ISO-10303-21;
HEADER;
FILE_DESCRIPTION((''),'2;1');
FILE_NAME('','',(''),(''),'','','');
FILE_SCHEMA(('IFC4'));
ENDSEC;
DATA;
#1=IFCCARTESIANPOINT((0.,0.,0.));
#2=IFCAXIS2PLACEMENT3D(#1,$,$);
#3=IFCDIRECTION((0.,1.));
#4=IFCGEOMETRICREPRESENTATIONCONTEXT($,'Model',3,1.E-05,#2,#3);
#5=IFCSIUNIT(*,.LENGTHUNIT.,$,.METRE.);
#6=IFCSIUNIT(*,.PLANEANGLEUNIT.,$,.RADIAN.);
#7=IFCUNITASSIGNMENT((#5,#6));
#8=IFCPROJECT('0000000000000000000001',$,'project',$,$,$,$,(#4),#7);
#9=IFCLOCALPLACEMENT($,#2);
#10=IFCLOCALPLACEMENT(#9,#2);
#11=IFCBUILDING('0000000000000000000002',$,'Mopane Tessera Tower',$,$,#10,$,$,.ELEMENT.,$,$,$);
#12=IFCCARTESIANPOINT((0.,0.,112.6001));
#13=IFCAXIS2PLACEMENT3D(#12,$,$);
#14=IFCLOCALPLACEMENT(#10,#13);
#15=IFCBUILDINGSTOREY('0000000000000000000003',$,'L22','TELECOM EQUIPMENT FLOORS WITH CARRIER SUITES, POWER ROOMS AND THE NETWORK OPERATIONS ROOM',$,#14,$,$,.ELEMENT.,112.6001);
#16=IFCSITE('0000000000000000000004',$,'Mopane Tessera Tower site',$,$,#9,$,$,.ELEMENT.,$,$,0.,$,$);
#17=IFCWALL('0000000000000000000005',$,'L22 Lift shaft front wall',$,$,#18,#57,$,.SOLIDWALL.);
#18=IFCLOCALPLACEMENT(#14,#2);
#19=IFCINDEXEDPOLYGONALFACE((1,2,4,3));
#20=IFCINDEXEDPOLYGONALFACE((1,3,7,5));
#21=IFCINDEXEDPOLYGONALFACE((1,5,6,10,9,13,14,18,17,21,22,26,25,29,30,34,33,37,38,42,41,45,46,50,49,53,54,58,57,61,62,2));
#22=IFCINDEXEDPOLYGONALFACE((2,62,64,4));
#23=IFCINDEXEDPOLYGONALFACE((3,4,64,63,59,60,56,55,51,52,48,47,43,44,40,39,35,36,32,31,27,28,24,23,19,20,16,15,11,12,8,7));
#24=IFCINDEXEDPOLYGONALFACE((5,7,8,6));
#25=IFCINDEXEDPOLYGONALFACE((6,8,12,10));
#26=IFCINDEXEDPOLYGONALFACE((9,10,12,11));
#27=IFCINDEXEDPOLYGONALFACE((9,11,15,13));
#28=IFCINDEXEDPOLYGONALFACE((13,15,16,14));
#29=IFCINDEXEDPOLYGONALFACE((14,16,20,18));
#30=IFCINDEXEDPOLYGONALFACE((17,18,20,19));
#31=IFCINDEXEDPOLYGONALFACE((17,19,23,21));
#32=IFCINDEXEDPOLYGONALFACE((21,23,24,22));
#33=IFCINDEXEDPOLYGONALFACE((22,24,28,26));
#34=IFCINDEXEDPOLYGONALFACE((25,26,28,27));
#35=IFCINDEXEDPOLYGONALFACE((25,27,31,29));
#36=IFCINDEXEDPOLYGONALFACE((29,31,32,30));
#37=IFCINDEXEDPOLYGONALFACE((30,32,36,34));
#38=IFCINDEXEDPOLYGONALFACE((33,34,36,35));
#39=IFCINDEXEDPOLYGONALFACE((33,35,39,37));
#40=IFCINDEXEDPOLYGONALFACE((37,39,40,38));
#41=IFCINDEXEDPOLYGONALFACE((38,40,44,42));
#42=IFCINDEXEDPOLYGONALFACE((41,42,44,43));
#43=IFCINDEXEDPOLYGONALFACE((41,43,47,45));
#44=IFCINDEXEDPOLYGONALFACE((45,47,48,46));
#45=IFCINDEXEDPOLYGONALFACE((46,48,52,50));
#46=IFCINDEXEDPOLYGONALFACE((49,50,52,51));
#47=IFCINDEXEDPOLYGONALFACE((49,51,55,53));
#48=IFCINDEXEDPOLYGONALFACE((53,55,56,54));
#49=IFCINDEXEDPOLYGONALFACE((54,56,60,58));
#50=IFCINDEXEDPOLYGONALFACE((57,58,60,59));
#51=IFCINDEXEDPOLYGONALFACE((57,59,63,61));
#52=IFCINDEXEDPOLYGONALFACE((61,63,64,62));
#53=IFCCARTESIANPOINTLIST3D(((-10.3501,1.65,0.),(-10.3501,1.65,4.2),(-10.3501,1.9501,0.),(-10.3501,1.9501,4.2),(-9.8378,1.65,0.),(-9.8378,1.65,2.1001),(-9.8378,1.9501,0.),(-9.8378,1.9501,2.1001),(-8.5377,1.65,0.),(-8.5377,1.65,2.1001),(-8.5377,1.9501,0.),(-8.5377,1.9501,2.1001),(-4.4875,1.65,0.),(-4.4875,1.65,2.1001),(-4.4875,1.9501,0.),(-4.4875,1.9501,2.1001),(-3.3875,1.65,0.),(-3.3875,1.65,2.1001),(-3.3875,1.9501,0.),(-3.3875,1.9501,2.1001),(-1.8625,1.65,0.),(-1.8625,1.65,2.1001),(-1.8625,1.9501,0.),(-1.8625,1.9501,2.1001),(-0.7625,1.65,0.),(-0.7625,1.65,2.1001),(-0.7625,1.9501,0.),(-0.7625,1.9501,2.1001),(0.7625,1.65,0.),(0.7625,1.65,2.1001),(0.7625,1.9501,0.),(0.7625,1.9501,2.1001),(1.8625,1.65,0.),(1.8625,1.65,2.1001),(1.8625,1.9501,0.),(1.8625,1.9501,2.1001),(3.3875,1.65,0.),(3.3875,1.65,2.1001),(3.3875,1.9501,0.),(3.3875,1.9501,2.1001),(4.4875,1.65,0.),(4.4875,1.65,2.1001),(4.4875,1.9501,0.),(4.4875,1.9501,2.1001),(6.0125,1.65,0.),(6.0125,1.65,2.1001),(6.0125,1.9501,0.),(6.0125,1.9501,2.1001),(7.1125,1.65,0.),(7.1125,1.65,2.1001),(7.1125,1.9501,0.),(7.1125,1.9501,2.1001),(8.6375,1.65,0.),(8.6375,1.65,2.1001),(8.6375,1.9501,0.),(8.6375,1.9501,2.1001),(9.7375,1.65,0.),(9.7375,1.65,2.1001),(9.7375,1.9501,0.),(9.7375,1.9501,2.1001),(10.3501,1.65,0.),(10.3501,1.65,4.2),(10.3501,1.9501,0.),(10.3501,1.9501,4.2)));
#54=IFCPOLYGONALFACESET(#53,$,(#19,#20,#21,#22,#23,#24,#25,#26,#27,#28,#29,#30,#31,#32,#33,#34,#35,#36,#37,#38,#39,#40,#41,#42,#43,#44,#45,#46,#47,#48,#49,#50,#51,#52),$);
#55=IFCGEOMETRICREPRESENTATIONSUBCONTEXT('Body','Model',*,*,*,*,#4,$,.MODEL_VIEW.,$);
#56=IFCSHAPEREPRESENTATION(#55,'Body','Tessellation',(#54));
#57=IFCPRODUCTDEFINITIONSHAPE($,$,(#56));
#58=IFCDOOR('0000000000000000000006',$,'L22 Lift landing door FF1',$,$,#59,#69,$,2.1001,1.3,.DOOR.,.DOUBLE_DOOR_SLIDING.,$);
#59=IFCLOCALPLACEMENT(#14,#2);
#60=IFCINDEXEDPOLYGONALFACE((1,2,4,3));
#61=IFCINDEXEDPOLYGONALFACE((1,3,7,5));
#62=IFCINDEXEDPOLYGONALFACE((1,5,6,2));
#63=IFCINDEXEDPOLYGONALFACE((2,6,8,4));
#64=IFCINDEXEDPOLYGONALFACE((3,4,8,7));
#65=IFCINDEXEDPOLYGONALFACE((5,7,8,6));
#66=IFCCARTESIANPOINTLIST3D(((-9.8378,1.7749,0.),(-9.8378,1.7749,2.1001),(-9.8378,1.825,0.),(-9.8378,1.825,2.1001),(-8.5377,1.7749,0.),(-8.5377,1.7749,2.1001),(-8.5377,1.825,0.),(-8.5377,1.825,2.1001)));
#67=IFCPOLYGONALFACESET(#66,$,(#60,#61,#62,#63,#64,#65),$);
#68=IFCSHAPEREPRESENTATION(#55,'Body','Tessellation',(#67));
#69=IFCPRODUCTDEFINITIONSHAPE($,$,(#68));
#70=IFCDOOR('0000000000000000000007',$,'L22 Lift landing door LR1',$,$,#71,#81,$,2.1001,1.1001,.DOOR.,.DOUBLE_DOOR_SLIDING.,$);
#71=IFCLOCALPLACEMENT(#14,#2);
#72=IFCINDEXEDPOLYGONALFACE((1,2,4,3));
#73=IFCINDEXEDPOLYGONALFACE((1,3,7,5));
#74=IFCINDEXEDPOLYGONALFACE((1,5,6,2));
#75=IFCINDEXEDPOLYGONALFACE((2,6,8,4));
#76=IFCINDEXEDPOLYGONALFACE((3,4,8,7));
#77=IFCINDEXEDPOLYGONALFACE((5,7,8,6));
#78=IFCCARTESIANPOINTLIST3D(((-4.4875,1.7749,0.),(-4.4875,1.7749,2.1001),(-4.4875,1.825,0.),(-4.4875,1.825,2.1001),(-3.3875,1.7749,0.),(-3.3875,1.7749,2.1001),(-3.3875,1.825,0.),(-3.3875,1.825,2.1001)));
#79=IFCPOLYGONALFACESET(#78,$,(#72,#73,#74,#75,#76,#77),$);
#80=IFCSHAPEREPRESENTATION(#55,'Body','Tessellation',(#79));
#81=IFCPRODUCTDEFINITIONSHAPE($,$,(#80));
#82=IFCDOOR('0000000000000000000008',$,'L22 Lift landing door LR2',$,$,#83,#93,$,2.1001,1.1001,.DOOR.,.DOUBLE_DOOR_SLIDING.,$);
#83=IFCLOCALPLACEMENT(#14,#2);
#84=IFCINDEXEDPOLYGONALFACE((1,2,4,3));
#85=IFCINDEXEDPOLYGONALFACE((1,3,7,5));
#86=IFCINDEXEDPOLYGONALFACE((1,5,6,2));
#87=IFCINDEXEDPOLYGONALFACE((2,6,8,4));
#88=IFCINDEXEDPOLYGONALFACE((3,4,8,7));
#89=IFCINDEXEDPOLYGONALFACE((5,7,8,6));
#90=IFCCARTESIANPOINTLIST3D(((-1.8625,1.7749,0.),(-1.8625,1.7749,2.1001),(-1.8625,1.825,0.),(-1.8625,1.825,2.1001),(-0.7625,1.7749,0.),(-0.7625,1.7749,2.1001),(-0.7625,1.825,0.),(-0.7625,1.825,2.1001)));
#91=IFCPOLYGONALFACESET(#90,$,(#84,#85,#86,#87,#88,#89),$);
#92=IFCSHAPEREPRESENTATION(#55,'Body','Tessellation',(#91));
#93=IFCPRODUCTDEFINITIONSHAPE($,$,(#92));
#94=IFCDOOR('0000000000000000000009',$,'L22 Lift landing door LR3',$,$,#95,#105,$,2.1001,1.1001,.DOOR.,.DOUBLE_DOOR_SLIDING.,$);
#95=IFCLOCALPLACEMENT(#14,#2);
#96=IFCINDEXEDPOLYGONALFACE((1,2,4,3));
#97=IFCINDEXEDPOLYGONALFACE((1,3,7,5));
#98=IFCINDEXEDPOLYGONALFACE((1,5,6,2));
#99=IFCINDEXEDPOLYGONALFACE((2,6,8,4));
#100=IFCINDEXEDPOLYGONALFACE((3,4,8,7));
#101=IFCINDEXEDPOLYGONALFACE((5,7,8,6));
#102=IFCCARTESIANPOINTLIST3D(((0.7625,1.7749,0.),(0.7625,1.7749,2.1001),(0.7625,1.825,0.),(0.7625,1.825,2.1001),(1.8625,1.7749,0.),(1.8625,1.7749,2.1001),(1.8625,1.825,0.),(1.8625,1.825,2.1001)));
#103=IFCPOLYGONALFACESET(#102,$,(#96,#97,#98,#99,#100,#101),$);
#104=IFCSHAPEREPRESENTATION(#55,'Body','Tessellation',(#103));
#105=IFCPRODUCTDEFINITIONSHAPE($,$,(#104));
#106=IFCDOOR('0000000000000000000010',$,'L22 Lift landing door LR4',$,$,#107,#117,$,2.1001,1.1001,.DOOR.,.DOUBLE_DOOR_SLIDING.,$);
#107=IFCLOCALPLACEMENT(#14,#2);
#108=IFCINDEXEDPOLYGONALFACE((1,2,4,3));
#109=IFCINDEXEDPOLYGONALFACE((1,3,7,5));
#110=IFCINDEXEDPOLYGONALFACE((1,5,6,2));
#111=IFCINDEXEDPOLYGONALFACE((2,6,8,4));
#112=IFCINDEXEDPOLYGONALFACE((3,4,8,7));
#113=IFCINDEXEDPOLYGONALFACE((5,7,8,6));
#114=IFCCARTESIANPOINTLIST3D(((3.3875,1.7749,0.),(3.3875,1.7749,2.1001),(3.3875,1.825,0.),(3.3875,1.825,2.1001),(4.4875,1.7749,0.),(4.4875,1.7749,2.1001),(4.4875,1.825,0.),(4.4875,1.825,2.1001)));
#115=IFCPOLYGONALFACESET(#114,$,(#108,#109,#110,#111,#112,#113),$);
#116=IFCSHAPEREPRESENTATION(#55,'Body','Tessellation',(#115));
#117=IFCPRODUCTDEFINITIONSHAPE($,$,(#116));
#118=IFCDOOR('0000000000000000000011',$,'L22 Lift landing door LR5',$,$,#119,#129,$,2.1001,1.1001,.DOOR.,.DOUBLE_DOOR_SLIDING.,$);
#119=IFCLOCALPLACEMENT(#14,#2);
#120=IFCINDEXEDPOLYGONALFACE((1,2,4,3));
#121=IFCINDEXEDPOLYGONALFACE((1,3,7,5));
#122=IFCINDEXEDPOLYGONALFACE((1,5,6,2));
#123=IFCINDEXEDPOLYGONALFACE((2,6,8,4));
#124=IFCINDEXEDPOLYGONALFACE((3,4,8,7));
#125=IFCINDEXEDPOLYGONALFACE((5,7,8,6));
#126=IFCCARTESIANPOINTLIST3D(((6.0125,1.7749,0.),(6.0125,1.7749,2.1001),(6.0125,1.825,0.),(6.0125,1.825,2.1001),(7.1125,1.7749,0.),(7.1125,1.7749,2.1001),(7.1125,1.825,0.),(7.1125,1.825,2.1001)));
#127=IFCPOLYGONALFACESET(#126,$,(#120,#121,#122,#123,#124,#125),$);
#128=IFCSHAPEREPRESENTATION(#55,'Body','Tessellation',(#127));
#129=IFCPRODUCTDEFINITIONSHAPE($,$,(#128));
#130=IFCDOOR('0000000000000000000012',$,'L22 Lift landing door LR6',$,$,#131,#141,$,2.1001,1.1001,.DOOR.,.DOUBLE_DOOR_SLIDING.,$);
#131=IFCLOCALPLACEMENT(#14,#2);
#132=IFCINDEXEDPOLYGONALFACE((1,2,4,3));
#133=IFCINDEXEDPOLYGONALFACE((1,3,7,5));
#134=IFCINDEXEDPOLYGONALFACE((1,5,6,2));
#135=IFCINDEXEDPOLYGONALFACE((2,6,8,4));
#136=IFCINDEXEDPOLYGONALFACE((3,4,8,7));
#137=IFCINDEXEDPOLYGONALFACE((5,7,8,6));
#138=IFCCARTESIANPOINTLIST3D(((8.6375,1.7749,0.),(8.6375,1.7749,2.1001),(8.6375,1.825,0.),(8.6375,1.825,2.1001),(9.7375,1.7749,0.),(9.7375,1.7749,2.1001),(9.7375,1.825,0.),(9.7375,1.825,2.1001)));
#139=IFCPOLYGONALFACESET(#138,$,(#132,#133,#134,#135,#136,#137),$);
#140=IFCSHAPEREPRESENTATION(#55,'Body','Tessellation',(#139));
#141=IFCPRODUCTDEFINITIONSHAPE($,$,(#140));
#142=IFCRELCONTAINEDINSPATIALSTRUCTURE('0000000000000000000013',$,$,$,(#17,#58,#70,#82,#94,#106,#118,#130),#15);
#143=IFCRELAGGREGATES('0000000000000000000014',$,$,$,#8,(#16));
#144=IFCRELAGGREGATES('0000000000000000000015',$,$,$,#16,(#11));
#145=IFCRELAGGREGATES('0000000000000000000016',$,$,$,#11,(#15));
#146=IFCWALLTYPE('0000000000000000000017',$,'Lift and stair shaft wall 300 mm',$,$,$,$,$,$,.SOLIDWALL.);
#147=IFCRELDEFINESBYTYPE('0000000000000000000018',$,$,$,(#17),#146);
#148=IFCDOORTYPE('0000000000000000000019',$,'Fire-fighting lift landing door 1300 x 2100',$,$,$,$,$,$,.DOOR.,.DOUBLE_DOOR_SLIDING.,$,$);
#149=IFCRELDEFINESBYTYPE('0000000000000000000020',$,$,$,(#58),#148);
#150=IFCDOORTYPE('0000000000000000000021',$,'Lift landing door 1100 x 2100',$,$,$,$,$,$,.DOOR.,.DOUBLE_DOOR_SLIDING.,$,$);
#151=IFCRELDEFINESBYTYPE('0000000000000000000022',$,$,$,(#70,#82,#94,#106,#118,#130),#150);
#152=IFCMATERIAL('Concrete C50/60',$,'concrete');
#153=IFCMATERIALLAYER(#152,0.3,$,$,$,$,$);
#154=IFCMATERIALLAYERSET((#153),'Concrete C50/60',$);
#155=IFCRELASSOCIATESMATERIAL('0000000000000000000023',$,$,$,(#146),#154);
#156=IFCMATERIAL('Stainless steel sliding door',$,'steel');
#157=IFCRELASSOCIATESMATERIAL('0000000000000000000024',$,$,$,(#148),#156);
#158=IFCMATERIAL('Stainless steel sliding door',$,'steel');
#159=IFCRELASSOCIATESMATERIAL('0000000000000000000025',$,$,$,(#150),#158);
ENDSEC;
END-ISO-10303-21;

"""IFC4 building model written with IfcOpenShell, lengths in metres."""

from ifc_helpers import new_model, si_unit, direction, frame, frame_2d, origin, place, context, subcontext, project, spatial, rectangle, extrude, material, layer, layer_set, type_object, element, fill, save


model = new_model("IFC4")

# Units and contexts
model_context = context("Model", 3, precision=1e-05, world=origin(), true_north=direction((0.0, 1.0)))
body_context = subcontext(model_context, "Body", "Model", "MODEL_VIEW")
ifc_project = project(units=[si_unit("LENGTHUNIT", "METRE"), si_unit("PLANEANGLEUNIT", "RADIAN")], contexts=[model_context])

# Site, building, storey
site_placement = place(None, origin())
site = spatial("IfcSite", under=ifc_project, at=site_placement, Name="Mopane Tessera Tower site", CompositionType="ELEMENT", RefElevation=0.0)
building_placement = place(site_placement, origin())
building = spatial("IfcBuilding", under=site, at=building_placement, Name="Mopane Tessera Tower", CompositionType="ELEMENT")
storey_placement = place(building_placement, frame((0.0, 0.0, 112.6001)))
storey = spatial("IfcBuildingStorey", under=building, at=storey_placement, Name="L22", Description="TELECOM EQUIPMENT FLOORS WITH CARRIER SUITES, POWER ROOMS AND THE NETWORK OPERATIONS ROOM", CompositionType="ELEMENT", Elevation=112.6001)

# Shared definitions
ifc_material_1 = material(Name="Concrete C50/60", Category="concrete")
ifc_layer_1 = layer(ifc_material_1, 0.3)
ifc_layer_set_1 = layer_set([ifc_layer_1], Name="Concrete C50/60")
wall_type_1 = type_object("IfcWallType", Name="Lift and stair shaft wall 300 mm", PredefinedType="SOLIDWALL", material=ifc_layer_set_1)

# Wall, openings, doors
wall_1_placement = place(storey_placement, frame((-10.3501, 1.8, 0.0), z_axis=(0.0, 0.0, 1.0), x_axis=(1.0, 0.0, 0.0)))
wall_1 = element("IfcWall", 1, at=wall_1_placement, inside=storey, type_object=wall_type_1, Name="L22 Lift shaft front wall", PredefinedType="SOLIDWALL", context=body_context, shape_type="SweptSolid", body=[
    extrude(rectangle(XDim=20.7002, YDim=0.3, at=frame_2d((10.3501, 0.0))), origin(), (0.0, 0.0, 1.0), 4.2),
])
opening_1_placement = place(wall_1_placement, frame((0.5125, 0.0, 0.0)))
opening_1 = element("IfcOpeningElement", 2, at=opening_1_placement, cuts=wall_1, PredefinedType="OPENING", context=body_context, shape_type="SweptSolid", body=[
    extrude(rectangle(XDim=1.3, YDim=2.1001, at=frame_2d((0.6499, 1.05))), frame((0.0, 0.1621, 0.0), z_axis=(0.0, -1.0, 0.0), x_axis=(1.0, 0.0, 0.0)), (0.0, 0.0, 1.0), 0.324),
])
opening_2_placement = place(wall_1_placement, frame((5.8625, 0.0, 0.0)))
opening_2 = element("IfcOpeningElement", 3, at=opening_2_placement, cuts=wall_1, PredefinedType="OPENING", context=body_context, shape_type="SweptSolid", body=[
    extrude(rectangle(XDim=1.1001, YDim=2.1001, at=frame_2d((0.55, 1.05))), frame((0.0, 0.1621, 0.0), z_axis=(0.0, -1.0, 0.0), x_axis=(1.0, 0.0, 0.0)), (0.0, 0.0, 1.0), 0.324),
])
opening_3_placement = place(wall_1_placement, frame((8.4875, 0.0, 0.0)))
opening_3 = element("IfcOpeningElement", 4, at=opening_3_placement, cuts=wall_1, PredefinedType="OPENING", context=body_context, shape_type="SweptSolid", body=[
    extrude(rectangle(XDim=1.1001, YDim=2.1001, at=frame_2d((0.55, 1.05))), frame((0.0, 0.1621, 0.0), z_axis=(0.0, -1.0, 0.0), x_axis=(1.0, 0.0, 0.0)), (0.0, 0.0, 1.0), 0.324),
])
opening_4_placement = place(wall_1_placement, frame((11.1125, 0.0, 0.0)))
opening_4 = element("IfcOpeningElement", 5, at=opening_4_placement, cuts=wall_1, PredefinedType="OPENING", context=body_context, shape_type="SweptSolid", body=[
    extrude(rectangle(XDim=1.1001, YDim=2.1001, at=frame_2d((0.55, 1.05))), frame((0.0, 0.1621, 0.0), z_axis=(0.0, -1.0, 0.0), x_axis=(1.0, 0.0, 0.0)), (0.0, 0.0, 1.0), 0.324),
])
opening_5_placement = place(wall_1_placement, frame((13.7375, 0.0, 0.0)))
opening_5 = element("IfcOpeningElement", 6, at=opening_5_placement, cuts=wall_1, PredefinedType="OPENING", context=body_context, shape_type="SweptSolid", body=[
    extrude(rectangle(XDim=1.1001, YDim=2.1001, at=frame_2d((0.55, 1.05))), frame((0.0, 0.1621, 0.0), z_axis=(0.0, -1.0, 0.0), x_axis=(1.0, 0.0, 0.0)), (0.0, 0.0, 1.0), 0.324),
])
opening_6_placement = place(wall_1_placement, frame((16.3625, 0.0, 0.0)))
opening_6 = element("IfcOpeningElement", 7, at=opening_6_placement, cuts=wall_1, PredefinedType="OPENING", context=body_context, shape_type="SweptSolid", body=[
    extrude(rectangle(XDim=1.1001, YDim=2.1001, at=frame_2d((0.55, 1.05))), frame((0.0, 0.1621, 0.0), z_axis=(0.0, -1.0, 0.0), x_axis=(1.0, 0.0, 0.0)), (0.0, 0.0, 1.0), 0.324),
])
opening_7_placement = place(wall_1_placement, frame((18.9875, 0.0, 0.0)))
opening_7 = element("IfcOpeningElement", 8, at=opening_7_placement, cuts=wall_1, PredefinedType="OPENING", context=body_context, shape_type="SweptSolid", body=[
    extrude(rectangle(XDim=1.1001, YDim=2.1001, at=frame_2d((0.55, 1.05))), frame((0.0, 0.1621, 0.0), z_axis=(0.0, -1.0, 0.0), x_axis=(1.0, 0.0, 0.0)), (0.0, 0.0, 1.0), 0.324),
])
ifc_material_2 = material(Name="Stainless steel sliding door", Category="steel")
door_type_1 = type_object("IfcDoorType", Name="Fire-fighting lift landing door 1300 x 2100", OperationType="DOUBLE_DOOR_SLIDING", PredefinedType="DOOR", material=ifc_material_2)
door_1_placement = place(opening_1_placement, origin())
door_1 = element("IfcDoor", 9, at=door_1_placement, inside=storey, type_object=door_type_1, Name="L22 Lift landing door FF1", OperationType="DOUBLE_DOOR_SLIDING", OverallHeight=2.1001, OverallWidth=1.3, PredefinedType="DOOR", context=body_context, shape_type="SweptSolid", body=[
    extrude(rectangle(XDim=1.3, YDim=2.1001, at=frame_2d((0.6499, 1.05))), frame((0.0, 0.0249, 0.0), z_axis=(0.0, -1.0, 0.0), x_axis=(1.0, 0.0, 0.0)), (0.0, 0.0, 1.0), 0.05),
])
fill(opening_1, door_1)
ifc_material_3 = material(Name="Stainless steel sliding door", Category="steel")
door_type_2 = type_object("IfcDoorType", Name="Lift landing door 1100 x 2100", OperationType="DOUBLE_DOOR_SLIDING", PredefinedType="DOOR", material=ifc_material_3)
door_2_placement = place(opening_2_placement, origin())
door_2 = element("IfcDoor", 10, at=door_2_placement, inside=storey, type_object=door_type_2, Name="L22 Lift landing door LR1", OperationType="DOUBLE_DOOR_SLIDING", OverallHeight=2.1001, OverallWidth=1.1001, PredefinedType="DOOR", context=body_context, shape_type="SweptSolid", body=[
    extrude(rectangle(XDim=1.1001, YDim=2.1001, at=frame_2d((0.55, 1.05))), frame((0.0, 0.0249, 0.0), z_axis=(0.0, -1.0, 0.0), x_axis=(1.0, 0.0, 0.0)), (0.0, 0.0, 1.0), 0.05),
])
fill(opening_2, door_2)
door_3_placement = place(opening_3_placement, origin())
door_3 = element("IfcDoor", 11, at=door_3_placement, inside=storey, type_object=door_type_2, Name="L22 Lift landing door LR2", OperationType="DOUBLE_DOOR_SLIDING", OverallHeight=2.1001, OverallWidth=1.1001, PredefinedType="DOOR", context=body_context, shape_type="SweptSolid", body=[
    extrude(rectangle(XDim=1.1001, YDim=2.1001, at=frame_2d((0.55, 1.05))), frame((0.0, 0.0249, 0.0), z_axis=(0.0, -1.0, 0.0), x_axis=(1.0, 0.0, 0.0)), (0.0, 0.0, 1.0), 0.05),
])
fill(opening_3, door_3)
door_4_placement = place(opening_4_placement, origin())
door_4 = element("IfcDoor", 12, at=door_4_placement, inside=storey, type_object=door_type_2, Name="L22 Lift landing door LR3", OperationType="DOUBLE_DOOR_SLIDING", OverallHeight=2.1001, OverallWidth=1.1001, PredefinedType="DOOR", context=body_context, shape_type="SweptSolid", body=[
    extrude(rectangle(XDim=1.1001, YDim=2.1001, at=frame_2d((0.55, 1.05))), frame((0.0, 0.0249, 0.0), z_axis=(0.0, -1.0, 0.0), x_axis=(1.0, 0.0, 0.0)), (0.0, 0.0, 1.0), 0.05),
])
fill(opening_4, door_4)
door_5_placement = place(opening_5_placement, origin())
door_5 = element("IfcDoor", 13, at=door_5_placement, inside=storey, type_object=door_type_2, Name="L22 Lift landing door LR4", OperationType="DOUBLE_DOOR_SLIDING", OverallHeight=2.1001, OverallWidth=1.1001, PredefinedType="DOOR", context=body_context, shape_type="SweptSolid", body=[
    extrude(rectangle(XDim=1.1001, YDim=2.1001, at=frame_2d((0.55, 1.05))), frame((0.0, 0.0249, 0.0), z_axis=(0.0, -1.0, 0.0), x_axis=(1.0, 0.0, 0.0)), (0.0, 0.0, 1.0), 0.05),
])
fill(opening_5, door_5)
door_6_placement = place(opening_6_placement, origin())
door_6 = element("IfcDoor", 14, at=door_6_placement, inside=storey, type_object=door_type_2, Name="L22 Lift landing door LR5", OperationType="DOUBLE_DOOR_SLIDING", OverallHeight=2.1001, OverallWidth=1.1001, PredefinedType="DOOR", context=body_context, shape_type="SweptSolid", body=[
    extrude(rectangle(XDim=1.1001, YDim=2.1001, at=frame_2d((0.55, 1.05))), frame((0.0, 0.0249, 0.0), z_axis=(0.0, -1.0, 0.0), x_axis=(1.0, 0.0, 0.0)), (0.0, 0.0, 1.0), 0.05),
])
fill(opening_6, door_6)
door_7_placement = place(opening_7_placement, origin())
door_7 = element("IfcDoor", 15, at=door_7_placement, inside=storey, type_object=door_type_2, Name="L22 Lift landing door LR6", OperationType="DOUBLE_DOOR_SLIDING", OverallHeight=2.1001, OverallWidth=1.1001, PredefinedType="DOOR", context=body_context, shape_type="SweptSolid", body=[
    extrude(rectangle(XDim=1.1001, YDim=2.1001, at=frame_2d((0.55, 1.05))), frame((0.0, 0.0249, 0.0), z_axis=(0.0, -1.0, 0.0), x_axis=(1.0, 0.0, 0.0)), (0.0, 0.0, 1.0), 0.05),
])
fill(opening_7, door_7)

save(model, "model.ifc")
